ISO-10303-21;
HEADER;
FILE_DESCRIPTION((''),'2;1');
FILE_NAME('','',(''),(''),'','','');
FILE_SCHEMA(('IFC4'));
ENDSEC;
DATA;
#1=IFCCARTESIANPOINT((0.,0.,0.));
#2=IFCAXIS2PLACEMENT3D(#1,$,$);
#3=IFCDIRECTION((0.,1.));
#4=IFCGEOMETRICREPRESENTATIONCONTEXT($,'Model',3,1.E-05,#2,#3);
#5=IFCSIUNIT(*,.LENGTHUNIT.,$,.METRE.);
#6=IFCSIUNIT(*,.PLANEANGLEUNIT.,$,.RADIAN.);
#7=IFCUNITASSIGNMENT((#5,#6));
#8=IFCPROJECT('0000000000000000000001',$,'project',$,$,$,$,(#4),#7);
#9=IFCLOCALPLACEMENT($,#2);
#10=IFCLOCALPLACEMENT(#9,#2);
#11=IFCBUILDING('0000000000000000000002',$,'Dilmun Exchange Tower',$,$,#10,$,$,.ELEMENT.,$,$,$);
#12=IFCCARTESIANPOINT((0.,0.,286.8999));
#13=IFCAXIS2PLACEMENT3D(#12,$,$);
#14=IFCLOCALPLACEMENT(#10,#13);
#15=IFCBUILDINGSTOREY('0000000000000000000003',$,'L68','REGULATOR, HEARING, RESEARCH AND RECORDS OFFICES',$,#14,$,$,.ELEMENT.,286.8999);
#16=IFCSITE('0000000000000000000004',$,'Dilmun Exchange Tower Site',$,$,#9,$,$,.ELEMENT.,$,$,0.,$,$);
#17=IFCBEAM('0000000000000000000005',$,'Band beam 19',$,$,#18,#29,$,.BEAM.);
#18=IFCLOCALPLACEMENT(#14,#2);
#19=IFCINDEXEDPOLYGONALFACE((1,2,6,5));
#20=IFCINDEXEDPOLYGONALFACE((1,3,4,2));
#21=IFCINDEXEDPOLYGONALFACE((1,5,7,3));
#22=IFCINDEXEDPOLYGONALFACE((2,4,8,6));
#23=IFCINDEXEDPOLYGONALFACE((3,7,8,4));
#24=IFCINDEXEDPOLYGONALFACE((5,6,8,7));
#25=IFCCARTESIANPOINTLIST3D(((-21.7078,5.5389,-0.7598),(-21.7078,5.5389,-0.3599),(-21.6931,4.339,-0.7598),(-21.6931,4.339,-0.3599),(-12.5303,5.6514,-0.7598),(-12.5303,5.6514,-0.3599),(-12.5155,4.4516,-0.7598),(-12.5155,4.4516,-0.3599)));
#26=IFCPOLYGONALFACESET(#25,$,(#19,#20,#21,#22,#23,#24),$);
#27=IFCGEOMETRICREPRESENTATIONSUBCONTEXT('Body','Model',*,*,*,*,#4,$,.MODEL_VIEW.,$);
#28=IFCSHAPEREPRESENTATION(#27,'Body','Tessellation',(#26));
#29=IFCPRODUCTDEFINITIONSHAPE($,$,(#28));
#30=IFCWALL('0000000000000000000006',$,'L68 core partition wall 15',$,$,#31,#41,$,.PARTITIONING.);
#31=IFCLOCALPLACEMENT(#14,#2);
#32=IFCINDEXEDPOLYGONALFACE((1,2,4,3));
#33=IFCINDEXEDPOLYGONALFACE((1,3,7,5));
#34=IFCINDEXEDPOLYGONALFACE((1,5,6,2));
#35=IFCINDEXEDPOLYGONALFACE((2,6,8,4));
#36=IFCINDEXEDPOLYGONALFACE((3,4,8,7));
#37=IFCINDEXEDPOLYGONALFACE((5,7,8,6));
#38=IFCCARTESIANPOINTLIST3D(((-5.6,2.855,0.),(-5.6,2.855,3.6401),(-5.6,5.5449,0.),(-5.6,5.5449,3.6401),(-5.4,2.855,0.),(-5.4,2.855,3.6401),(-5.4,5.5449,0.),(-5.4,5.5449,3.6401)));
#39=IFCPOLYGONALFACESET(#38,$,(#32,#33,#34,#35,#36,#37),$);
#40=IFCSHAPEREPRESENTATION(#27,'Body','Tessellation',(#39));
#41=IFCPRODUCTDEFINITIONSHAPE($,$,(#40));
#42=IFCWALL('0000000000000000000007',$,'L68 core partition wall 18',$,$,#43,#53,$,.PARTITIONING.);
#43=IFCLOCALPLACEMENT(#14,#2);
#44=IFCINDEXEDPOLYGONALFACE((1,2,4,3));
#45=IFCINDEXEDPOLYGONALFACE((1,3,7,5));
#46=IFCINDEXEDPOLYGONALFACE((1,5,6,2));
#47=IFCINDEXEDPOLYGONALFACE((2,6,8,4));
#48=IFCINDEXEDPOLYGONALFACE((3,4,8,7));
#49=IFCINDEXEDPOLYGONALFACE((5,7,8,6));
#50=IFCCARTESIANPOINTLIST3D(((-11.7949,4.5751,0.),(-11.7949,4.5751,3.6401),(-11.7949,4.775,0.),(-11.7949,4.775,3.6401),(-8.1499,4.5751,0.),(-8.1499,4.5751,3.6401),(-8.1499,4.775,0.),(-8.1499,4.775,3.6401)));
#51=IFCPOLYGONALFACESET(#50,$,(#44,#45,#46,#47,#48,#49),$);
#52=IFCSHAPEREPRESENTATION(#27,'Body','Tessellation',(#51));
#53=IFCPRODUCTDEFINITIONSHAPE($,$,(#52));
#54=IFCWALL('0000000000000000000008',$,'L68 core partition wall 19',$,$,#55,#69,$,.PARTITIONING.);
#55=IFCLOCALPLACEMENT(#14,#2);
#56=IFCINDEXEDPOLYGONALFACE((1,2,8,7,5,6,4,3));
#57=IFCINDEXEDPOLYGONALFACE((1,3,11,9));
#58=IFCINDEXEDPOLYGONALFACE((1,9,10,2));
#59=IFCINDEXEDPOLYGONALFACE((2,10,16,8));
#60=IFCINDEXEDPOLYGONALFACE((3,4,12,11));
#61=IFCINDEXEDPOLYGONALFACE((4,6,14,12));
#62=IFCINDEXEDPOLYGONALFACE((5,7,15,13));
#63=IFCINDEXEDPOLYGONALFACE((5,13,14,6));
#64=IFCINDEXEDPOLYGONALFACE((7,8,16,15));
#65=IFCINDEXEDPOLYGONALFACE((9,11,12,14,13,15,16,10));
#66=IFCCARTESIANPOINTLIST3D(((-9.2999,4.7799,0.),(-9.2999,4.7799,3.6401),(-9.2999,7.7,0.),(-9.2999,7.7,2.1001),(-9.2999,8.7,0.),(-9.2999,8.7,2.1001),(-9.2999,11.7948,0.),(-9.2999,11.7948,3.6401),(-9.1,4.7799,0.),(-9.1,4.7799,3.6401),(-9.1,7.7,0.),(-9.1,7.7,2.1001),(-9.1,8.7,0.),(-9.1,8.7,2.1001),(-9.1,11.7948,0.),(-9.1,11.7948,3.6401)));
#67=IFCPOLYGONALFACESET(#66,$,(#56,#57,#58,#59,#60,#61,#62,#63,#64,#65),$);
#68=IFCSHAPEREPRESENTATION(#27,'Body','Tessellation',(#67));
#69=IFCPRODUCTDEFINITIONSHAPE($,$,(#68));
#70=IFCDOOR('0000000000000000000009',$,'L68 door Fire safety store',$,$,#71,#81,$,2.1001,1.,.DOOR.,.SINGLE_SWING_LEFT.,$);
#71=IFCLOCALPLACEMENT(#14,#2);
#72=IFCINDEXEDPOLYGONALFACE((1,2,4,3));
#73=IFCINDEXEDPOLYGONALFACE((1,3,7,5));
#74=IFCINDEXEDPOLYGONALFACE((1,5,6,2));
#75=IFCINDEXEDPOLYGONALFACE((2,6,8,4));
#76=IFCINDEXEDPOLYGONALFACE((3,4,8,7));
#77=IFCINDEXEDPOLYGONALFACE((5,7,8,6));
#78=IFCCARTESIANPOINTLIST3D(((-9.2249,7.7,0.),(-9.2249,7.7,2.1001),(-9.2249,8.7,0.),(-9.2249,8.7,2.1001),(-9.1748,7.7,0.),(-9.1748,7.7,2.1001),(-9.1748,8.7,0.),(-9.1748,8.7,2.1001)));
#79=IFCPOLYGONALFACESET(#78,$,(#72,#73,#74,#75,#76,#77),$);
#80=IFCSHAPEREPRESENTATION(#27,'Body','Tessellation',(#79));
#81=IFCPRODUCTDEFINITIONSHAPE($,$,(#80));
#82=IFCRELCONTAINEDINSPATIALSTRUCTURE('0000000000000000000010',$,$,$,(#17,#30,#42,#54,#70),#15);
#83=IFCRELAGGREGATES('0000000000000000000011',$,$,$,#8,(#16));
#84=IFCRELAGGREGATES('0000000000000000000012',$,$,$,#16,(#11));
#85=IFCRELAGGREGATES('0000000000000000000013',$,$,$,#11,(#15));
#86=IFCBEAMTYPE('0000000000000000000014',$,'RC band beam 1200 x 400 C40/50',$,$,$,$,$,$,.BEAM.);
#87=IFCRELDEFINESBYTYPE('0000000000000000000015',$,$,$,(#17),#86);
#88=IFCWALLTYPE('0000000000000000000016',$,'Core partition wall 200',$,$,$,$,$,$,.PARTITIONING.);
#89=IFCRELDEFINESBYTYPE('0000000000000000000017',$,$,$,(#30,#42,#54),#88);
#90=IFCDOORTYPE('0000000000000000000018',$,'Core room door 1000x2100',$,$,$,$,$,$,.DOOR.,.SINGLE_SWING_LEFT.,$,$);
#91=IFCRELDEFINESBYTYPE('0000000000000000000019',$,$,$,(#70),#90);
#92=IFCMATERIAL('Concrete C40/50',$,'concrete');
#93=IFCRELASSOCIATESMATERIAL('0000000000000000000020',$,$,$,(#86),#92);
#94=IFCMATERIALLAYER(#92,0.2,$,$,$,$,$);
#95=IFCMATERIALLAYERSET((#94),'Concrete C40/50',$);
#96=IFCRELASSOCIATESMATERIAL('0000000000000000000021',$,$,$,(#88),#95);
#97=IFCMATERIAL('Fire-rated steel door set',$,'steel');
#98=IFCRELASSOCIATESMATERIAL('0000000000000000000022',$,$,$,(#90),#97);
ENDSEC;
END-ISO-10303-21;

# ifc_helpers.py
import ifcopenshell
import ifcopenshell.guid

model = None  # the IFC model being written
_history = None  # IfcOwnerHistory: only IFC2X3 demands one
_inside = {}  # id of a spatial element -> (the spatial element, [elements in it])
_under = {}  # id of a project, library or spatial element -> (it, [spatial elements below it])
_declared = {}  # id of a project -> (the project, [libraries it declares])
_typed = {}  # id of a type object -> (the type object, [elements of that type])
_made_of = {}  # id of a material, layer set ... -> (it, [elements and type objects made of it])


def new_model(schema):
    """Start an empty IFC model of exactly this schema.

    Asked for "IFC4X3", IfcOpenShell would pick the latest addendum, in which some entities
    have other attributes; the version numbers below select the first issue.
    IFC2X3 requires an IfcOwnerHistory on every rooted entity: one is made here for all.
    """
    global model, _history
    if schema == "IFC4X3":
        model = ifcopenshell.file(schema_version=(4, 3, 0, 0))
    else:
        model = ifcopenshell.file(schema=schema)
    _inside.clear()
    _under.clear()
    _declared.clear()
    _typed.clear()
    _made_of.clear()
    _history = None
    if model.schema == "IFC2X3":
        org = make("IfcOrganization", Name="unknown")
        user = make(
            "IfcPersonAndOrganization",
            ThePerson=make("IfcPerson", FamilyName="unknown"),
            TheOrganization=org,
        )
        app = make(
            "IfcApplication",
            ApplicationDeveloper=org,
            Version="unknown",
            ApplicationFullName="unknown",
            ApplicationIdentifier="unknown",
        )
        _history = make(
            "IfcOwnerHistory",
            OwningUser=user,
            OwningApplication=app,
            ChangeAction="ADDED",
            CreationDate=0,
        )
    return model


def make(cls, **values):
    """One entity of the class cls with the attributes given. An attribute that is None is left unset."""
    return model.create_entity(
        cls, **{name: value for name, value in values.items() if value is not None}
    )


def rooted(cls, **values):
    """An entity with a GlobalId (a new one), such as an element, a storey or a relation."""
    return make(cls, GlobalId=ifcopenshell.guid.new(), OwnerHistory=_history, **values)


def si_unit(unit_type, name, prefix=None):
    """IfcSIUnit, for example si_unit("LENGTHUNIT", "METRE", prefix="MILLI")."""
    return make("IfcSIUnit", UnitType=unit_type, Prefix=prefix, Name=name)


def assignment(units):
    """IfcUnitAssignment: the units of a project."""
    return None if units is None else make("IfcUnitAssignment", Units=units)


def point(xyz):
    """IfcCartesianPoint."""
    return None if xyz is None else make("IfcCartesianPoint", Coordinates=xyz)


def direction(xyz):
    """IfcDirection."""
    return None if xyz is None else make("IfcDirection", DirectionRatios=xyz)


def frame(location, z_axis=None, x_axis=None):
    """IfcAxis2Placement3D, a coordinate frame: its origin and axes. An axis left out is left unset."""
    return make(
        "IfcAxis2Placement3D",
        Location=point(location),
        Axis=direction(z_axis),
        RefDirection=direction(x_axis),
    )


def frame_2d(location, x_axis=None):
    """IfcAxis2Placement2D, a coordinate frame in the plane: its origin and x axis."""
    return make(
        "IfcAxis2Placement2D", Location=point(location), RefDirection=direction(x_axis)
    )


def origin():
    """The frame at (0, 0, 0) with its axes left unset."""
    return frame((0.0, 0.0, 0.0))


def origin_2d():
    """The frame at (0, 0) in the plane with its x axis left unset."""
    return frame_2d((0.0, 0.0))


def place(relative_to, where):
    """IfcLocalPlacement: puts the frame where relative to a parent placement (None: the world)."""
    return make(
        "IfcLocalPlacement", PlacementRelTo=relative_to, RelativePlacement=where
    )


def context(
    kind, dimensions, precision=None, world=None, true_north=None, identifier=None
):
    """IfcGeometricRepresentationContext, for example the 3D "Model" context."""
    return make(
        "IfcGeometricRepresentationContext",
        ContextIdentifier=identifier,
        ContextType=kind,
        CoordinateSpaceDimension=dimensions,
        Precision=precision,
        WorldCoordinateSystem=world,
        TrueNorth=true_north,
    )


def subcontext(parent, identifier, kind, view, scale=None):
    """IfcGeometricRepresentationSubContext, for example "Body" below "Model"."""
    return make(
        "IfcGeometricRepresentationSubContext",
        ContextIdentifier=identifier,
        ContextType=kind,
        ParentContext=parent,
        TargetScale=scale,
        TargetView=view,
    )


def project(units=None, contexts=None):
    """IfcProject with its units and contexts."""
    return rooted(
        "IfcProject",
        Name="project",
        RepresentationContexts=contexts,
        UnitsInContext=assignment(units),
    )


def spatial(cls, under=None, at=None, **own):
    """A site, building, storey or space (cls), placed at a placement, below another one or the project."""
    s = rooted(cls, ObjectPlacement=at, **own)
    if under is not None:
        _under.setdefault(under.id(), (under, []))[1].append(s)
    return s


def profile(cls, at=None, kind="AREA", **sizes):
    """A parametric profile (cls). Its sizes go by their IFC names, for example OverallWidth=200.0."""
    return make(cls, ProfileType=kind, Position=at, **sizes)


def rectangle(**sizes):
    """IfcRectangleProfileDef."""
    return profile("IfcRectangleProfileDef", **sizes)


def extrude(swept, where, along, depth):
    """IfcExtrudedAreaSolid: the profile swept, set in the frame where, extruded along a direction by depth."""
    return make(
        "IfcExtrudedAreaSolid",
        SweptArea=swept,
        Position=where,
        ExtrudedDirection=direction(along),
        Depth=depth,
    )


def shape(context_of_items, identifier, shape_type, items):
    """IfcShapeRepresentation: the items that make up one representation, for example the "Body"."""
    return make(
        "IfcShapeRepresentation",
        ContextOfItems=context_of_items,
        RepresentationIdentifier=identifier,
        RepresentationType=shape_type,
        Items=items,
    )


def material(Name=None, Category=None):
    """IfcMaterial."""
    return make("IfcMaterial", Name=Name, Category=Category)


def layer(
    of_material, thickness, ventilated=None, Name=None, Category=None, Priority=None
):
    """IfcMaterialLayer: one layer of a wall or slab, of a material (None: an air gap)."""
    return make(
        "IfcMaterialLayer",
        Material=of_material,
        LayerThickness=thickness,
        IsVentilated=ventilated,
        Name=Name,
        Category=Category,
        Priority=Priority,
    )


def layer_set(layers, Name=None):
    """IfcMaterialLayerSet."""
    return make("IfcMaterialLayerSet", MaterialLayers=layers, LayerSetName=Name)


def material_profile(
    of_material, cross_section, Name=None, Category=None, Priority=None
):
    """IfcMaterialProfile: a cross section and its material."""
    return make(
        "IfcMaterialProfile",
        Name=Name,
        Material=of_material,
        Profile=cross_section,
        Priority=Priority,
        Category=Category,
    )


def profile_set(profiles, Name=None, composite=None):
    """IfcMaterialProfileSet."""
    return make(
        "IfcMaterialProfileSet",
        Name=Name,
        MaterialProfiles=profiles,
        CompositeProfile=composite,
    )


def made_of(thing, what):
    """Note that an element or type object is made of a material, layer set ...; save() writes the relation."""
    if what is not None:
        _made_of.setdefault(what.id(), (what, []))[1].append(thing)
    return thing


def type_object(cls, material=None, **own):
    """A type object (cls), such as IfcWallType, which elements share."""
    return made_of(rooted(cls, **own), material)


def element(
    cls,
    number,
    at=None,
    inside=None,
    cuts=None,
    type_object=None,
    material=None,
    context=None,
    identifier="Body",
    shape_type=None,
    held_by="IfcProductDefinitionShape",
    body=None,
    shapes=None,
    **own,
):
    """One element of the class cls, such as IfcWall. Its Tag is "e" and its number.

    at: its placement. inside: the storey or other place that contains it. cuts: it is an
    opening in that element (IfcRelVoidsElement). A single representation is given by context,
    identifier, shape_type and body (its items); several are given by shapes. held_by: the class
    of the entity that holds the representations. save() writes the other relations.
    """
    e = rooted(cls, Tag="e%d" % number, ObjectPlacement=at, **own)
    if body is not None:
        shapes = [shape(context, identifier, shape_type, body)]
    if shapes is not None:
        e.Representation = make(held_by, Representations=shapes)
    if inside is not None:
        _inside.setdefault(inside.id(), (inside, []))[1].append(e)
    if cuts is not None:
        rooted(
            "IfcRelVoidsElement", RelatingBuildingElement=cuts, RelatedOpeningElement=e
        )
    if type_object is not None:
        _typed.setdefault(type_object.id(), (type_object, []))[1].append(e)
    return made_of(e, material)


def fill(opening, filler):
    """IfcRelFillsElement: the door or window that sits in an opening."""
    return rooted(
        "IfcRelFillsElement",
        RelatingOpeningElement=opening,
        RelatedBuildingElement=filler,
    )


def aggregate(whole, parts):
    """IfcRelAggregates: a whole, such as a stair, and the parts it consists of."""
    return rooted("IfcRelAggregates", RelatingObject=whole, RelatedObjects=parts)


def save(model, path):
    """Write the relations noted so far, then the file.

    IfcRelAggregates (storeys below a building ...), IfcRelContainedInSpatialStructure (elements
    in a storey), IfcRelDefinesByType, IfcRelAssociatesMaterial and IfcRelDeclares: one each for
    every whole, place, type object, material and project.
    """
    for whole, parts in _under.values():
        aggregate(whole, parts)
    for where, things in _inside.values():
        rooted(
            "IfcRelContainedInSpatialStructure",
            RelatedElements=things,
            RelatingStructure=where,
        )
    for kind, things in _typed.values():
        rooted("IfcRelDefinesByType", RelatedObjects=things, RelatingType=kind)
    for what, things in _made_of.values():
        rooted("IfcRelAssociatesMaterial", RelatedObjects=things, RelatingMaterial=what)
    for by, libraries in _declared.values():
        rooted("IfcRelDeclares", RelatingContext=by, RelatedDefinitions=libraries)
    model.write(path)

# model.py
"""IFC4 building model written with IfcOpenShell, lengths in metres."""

from ifc_helpers import new_model, si_unit, direction, frame, frame_2d, origin, origin_2d, place, context, subcontext, project, spatial, rectangle, extrude, material, layer, layer_set, material_profile, profile_set, type_object, element, fill, save


model = new_model("IFC4")

# Units and contexts
model_context = context("Model", 3, precision=1e-05, world=origin(), true_north=direction((0.0, 1.0)))
body_context = subcontext(model_context, "Body", "Model", "MODEL_VIEW")
ifc_project = project(units=[si_unit("LENGTHUNIT", "METRE"), si_unit("PLANEANGLEUNIT", "RADIAN")], contexts=[model_context])

# Site, building, storey
site_placement = place(None, origin())
site = spatial("IfcSite", under=ifc_project, at=site_placement, Name="Dilmun Exchange Tower Site", CompositionType="ELEMENT", RefElevation=0.0)
building_placement = place(site_placement, origin())
building = spatial("IfcBuilding", under=site, at=building_placement, Name="Dilmun Exchange Tower", CompositionType="ELEMENT")
storey_placement = place(building_placement, frame((0.0, 0.0, 286.8999)))
storey = spatial("IfcBuildingStorey", under=building, at=storey_placement, Name="L68", Description="REGULATOR, HEARING, RESEARCH AND RECORDS OFFICES", CompositionType="ELEMENT", Elevation=286.8999)

# Beam
ifc_material_1 = material(Name="Concrete C40/50", Category="concrete")
ifc_material_profile = material_profile(ifc_material_1, rectangle(XDim=1.2, YDim=0.3999, at=origin_2d()), Name="1200 x 400")
ifc_profile_set = profile_set([ifc_material_profile], Name="Concrete C40/50")
beam_type = type_object("IfcBeamType", Name="RC band beam 1200 x 400 C40/50", PredefinedType="BEAM", material=ifc_profile_set)
beam_placement = place(storey_placement, frame((-21.7004, 4.939, -0.5598), z_axis=(0.999925, 0.012263, 0.0), x_axis=(-0.012263, 0.999925, 0.0)))
element("IfcBeam", 1, at=beam_placement, inside=storey, type_object=beam_type, Name="Band beam 19", PredefinedType="BEAM", context=body_context, shape_type="SweptSolid", body=[
    extrude(rectangle(XDim=1.2, YDim=0.3999, at=origin_2d()), origin(), (0.0, 0.0, 1.0), 9.1782),
])

# Walls
ifc_layer_1 = layer(ifc_material_1, 0.2)
ifc_layer_set_1 = layer_set([ifc_layer_1], Name="Concrete C40/50")
wall_type_1 = type_object("IfcWallType", Name="Core partition wall 200", PredefinedType="PARTITIONING", material=ifc_layer_set_1)
wall_1_placement = place(storey_placement, frame((-5.5, 2.855, 0.0), z_axis=(0.0, 0.0, 1.0), x_axis=(0.0, 1.0, 0.0)))
element("IfcWall", 2, at=wall_1_placement, inside=storey, type_object=wall_type_1, Name="L68 core partition wall 15", PredefinedType="PARTITIONING", context=body_context, shape_type="SweptSolid", body=[
    extrude(rectangle(XDim=2.6899, YDim=0.2, at=frame_2d((1.345, 0.0))), origin(), (0.0, 0.0, 1.0), 3.6401),
])
wall_2_placement = place(storey_placement, frame((-11.7949, 4.675, 0.0), z_axis=(0.0, 0.0, 1.0), x_axis=(1.0, 0.0, 0.0)))
element("IfcWall", 3, at=wall_2_placement, inside=storey, type_object=wall_type_1, Name="L68 core partition wall 18", PredefinedType="PARTITIONING", context=body_context, shape_type="SweptSolid", body=[
    extrude(rectangle(XDim=3.645, YDim=0.2, at=frame_2d((1.8225, 0.0))), origin(), (0.0, 0.0, 1.0), 3.6401),
])

# Wall, opening, door
wall_3_placement = place(storey_placement, frame((-9.2, 4.78, 0.0), z_axis=(0.0, 0.0, 1.0), x_axis=(0.0, 1.0, 0.0)))
wall_3 = element("IfcWall", 4, at=wall_3_placement, inside=storey, type_object=wall_type_1, Name="L68 core partition wall 19", PredefinedType="PARTITIONING", context=body_context, shape_type="SweptSolid", body=[
    extrude(rectangle(XDim=7.0149, YDim=0.2, at=frame_2d((3.5073, 0.0))), origin(), (0.0, 0.0, 1.0), 3.6401),
])
opening_1_placement = place(wall_3_placement, frame((2.9199, 0.0, 0.0)))
opening_1 = element("IfcOpeningElement", 5, at=opening_1_placement, cuts=wall_3, PredefinedType="OPENING", context=body_context, shape_type="SweptSolid", body=[
    extrude(rectangle(XDim=1.0, YDim=2.1001, at=frame_2d((0.5, 1.05))), frame((0.0, 0.1099, 0.0), z_axis=(0.0, -1.0, 0.0), x_axis=(1.0, 0.0, 0.0)), (0.0, 0.0, 1.0), 0.22),
])
ifc_material_2 = material(Name="Fire-rated steel door set", Category="steel")
door_type_1 = type_object("IfcDoorType", Name="Core room door 1000x2100", OperationType="SINGLE_SWING_LEFT", PredefinedType="DOOR", material=ifc_material_2)
door_1_placement = place(opening_1_placement, origin())
door_1 = element("IfcDoor", 6, at=door_1_placement, inside=storey, type_object=door_type_1, Name="L68 door Fire safety store", OperationType="SINGLE_SWING_LEFT", OverallHeight=2.1001, OverallWidth=1.0, PredefinedType="DOOR", context=body_context, shape_type="SweptSolid", body=[
    extrude(rectangle(XDim=1.0, YDim=2.1001, at=frame_2d((0.5, 1.05))), frame((0.0, 0.0249, 0.0), z_axis=(0.0, -1.0, 0.0), x_axis=(1.0, 0.0, 0.0)), (0.0, 0.0, 1.0), 0.05),
])
fill(opening_1, door_1)

save(model, "model.ifc")
